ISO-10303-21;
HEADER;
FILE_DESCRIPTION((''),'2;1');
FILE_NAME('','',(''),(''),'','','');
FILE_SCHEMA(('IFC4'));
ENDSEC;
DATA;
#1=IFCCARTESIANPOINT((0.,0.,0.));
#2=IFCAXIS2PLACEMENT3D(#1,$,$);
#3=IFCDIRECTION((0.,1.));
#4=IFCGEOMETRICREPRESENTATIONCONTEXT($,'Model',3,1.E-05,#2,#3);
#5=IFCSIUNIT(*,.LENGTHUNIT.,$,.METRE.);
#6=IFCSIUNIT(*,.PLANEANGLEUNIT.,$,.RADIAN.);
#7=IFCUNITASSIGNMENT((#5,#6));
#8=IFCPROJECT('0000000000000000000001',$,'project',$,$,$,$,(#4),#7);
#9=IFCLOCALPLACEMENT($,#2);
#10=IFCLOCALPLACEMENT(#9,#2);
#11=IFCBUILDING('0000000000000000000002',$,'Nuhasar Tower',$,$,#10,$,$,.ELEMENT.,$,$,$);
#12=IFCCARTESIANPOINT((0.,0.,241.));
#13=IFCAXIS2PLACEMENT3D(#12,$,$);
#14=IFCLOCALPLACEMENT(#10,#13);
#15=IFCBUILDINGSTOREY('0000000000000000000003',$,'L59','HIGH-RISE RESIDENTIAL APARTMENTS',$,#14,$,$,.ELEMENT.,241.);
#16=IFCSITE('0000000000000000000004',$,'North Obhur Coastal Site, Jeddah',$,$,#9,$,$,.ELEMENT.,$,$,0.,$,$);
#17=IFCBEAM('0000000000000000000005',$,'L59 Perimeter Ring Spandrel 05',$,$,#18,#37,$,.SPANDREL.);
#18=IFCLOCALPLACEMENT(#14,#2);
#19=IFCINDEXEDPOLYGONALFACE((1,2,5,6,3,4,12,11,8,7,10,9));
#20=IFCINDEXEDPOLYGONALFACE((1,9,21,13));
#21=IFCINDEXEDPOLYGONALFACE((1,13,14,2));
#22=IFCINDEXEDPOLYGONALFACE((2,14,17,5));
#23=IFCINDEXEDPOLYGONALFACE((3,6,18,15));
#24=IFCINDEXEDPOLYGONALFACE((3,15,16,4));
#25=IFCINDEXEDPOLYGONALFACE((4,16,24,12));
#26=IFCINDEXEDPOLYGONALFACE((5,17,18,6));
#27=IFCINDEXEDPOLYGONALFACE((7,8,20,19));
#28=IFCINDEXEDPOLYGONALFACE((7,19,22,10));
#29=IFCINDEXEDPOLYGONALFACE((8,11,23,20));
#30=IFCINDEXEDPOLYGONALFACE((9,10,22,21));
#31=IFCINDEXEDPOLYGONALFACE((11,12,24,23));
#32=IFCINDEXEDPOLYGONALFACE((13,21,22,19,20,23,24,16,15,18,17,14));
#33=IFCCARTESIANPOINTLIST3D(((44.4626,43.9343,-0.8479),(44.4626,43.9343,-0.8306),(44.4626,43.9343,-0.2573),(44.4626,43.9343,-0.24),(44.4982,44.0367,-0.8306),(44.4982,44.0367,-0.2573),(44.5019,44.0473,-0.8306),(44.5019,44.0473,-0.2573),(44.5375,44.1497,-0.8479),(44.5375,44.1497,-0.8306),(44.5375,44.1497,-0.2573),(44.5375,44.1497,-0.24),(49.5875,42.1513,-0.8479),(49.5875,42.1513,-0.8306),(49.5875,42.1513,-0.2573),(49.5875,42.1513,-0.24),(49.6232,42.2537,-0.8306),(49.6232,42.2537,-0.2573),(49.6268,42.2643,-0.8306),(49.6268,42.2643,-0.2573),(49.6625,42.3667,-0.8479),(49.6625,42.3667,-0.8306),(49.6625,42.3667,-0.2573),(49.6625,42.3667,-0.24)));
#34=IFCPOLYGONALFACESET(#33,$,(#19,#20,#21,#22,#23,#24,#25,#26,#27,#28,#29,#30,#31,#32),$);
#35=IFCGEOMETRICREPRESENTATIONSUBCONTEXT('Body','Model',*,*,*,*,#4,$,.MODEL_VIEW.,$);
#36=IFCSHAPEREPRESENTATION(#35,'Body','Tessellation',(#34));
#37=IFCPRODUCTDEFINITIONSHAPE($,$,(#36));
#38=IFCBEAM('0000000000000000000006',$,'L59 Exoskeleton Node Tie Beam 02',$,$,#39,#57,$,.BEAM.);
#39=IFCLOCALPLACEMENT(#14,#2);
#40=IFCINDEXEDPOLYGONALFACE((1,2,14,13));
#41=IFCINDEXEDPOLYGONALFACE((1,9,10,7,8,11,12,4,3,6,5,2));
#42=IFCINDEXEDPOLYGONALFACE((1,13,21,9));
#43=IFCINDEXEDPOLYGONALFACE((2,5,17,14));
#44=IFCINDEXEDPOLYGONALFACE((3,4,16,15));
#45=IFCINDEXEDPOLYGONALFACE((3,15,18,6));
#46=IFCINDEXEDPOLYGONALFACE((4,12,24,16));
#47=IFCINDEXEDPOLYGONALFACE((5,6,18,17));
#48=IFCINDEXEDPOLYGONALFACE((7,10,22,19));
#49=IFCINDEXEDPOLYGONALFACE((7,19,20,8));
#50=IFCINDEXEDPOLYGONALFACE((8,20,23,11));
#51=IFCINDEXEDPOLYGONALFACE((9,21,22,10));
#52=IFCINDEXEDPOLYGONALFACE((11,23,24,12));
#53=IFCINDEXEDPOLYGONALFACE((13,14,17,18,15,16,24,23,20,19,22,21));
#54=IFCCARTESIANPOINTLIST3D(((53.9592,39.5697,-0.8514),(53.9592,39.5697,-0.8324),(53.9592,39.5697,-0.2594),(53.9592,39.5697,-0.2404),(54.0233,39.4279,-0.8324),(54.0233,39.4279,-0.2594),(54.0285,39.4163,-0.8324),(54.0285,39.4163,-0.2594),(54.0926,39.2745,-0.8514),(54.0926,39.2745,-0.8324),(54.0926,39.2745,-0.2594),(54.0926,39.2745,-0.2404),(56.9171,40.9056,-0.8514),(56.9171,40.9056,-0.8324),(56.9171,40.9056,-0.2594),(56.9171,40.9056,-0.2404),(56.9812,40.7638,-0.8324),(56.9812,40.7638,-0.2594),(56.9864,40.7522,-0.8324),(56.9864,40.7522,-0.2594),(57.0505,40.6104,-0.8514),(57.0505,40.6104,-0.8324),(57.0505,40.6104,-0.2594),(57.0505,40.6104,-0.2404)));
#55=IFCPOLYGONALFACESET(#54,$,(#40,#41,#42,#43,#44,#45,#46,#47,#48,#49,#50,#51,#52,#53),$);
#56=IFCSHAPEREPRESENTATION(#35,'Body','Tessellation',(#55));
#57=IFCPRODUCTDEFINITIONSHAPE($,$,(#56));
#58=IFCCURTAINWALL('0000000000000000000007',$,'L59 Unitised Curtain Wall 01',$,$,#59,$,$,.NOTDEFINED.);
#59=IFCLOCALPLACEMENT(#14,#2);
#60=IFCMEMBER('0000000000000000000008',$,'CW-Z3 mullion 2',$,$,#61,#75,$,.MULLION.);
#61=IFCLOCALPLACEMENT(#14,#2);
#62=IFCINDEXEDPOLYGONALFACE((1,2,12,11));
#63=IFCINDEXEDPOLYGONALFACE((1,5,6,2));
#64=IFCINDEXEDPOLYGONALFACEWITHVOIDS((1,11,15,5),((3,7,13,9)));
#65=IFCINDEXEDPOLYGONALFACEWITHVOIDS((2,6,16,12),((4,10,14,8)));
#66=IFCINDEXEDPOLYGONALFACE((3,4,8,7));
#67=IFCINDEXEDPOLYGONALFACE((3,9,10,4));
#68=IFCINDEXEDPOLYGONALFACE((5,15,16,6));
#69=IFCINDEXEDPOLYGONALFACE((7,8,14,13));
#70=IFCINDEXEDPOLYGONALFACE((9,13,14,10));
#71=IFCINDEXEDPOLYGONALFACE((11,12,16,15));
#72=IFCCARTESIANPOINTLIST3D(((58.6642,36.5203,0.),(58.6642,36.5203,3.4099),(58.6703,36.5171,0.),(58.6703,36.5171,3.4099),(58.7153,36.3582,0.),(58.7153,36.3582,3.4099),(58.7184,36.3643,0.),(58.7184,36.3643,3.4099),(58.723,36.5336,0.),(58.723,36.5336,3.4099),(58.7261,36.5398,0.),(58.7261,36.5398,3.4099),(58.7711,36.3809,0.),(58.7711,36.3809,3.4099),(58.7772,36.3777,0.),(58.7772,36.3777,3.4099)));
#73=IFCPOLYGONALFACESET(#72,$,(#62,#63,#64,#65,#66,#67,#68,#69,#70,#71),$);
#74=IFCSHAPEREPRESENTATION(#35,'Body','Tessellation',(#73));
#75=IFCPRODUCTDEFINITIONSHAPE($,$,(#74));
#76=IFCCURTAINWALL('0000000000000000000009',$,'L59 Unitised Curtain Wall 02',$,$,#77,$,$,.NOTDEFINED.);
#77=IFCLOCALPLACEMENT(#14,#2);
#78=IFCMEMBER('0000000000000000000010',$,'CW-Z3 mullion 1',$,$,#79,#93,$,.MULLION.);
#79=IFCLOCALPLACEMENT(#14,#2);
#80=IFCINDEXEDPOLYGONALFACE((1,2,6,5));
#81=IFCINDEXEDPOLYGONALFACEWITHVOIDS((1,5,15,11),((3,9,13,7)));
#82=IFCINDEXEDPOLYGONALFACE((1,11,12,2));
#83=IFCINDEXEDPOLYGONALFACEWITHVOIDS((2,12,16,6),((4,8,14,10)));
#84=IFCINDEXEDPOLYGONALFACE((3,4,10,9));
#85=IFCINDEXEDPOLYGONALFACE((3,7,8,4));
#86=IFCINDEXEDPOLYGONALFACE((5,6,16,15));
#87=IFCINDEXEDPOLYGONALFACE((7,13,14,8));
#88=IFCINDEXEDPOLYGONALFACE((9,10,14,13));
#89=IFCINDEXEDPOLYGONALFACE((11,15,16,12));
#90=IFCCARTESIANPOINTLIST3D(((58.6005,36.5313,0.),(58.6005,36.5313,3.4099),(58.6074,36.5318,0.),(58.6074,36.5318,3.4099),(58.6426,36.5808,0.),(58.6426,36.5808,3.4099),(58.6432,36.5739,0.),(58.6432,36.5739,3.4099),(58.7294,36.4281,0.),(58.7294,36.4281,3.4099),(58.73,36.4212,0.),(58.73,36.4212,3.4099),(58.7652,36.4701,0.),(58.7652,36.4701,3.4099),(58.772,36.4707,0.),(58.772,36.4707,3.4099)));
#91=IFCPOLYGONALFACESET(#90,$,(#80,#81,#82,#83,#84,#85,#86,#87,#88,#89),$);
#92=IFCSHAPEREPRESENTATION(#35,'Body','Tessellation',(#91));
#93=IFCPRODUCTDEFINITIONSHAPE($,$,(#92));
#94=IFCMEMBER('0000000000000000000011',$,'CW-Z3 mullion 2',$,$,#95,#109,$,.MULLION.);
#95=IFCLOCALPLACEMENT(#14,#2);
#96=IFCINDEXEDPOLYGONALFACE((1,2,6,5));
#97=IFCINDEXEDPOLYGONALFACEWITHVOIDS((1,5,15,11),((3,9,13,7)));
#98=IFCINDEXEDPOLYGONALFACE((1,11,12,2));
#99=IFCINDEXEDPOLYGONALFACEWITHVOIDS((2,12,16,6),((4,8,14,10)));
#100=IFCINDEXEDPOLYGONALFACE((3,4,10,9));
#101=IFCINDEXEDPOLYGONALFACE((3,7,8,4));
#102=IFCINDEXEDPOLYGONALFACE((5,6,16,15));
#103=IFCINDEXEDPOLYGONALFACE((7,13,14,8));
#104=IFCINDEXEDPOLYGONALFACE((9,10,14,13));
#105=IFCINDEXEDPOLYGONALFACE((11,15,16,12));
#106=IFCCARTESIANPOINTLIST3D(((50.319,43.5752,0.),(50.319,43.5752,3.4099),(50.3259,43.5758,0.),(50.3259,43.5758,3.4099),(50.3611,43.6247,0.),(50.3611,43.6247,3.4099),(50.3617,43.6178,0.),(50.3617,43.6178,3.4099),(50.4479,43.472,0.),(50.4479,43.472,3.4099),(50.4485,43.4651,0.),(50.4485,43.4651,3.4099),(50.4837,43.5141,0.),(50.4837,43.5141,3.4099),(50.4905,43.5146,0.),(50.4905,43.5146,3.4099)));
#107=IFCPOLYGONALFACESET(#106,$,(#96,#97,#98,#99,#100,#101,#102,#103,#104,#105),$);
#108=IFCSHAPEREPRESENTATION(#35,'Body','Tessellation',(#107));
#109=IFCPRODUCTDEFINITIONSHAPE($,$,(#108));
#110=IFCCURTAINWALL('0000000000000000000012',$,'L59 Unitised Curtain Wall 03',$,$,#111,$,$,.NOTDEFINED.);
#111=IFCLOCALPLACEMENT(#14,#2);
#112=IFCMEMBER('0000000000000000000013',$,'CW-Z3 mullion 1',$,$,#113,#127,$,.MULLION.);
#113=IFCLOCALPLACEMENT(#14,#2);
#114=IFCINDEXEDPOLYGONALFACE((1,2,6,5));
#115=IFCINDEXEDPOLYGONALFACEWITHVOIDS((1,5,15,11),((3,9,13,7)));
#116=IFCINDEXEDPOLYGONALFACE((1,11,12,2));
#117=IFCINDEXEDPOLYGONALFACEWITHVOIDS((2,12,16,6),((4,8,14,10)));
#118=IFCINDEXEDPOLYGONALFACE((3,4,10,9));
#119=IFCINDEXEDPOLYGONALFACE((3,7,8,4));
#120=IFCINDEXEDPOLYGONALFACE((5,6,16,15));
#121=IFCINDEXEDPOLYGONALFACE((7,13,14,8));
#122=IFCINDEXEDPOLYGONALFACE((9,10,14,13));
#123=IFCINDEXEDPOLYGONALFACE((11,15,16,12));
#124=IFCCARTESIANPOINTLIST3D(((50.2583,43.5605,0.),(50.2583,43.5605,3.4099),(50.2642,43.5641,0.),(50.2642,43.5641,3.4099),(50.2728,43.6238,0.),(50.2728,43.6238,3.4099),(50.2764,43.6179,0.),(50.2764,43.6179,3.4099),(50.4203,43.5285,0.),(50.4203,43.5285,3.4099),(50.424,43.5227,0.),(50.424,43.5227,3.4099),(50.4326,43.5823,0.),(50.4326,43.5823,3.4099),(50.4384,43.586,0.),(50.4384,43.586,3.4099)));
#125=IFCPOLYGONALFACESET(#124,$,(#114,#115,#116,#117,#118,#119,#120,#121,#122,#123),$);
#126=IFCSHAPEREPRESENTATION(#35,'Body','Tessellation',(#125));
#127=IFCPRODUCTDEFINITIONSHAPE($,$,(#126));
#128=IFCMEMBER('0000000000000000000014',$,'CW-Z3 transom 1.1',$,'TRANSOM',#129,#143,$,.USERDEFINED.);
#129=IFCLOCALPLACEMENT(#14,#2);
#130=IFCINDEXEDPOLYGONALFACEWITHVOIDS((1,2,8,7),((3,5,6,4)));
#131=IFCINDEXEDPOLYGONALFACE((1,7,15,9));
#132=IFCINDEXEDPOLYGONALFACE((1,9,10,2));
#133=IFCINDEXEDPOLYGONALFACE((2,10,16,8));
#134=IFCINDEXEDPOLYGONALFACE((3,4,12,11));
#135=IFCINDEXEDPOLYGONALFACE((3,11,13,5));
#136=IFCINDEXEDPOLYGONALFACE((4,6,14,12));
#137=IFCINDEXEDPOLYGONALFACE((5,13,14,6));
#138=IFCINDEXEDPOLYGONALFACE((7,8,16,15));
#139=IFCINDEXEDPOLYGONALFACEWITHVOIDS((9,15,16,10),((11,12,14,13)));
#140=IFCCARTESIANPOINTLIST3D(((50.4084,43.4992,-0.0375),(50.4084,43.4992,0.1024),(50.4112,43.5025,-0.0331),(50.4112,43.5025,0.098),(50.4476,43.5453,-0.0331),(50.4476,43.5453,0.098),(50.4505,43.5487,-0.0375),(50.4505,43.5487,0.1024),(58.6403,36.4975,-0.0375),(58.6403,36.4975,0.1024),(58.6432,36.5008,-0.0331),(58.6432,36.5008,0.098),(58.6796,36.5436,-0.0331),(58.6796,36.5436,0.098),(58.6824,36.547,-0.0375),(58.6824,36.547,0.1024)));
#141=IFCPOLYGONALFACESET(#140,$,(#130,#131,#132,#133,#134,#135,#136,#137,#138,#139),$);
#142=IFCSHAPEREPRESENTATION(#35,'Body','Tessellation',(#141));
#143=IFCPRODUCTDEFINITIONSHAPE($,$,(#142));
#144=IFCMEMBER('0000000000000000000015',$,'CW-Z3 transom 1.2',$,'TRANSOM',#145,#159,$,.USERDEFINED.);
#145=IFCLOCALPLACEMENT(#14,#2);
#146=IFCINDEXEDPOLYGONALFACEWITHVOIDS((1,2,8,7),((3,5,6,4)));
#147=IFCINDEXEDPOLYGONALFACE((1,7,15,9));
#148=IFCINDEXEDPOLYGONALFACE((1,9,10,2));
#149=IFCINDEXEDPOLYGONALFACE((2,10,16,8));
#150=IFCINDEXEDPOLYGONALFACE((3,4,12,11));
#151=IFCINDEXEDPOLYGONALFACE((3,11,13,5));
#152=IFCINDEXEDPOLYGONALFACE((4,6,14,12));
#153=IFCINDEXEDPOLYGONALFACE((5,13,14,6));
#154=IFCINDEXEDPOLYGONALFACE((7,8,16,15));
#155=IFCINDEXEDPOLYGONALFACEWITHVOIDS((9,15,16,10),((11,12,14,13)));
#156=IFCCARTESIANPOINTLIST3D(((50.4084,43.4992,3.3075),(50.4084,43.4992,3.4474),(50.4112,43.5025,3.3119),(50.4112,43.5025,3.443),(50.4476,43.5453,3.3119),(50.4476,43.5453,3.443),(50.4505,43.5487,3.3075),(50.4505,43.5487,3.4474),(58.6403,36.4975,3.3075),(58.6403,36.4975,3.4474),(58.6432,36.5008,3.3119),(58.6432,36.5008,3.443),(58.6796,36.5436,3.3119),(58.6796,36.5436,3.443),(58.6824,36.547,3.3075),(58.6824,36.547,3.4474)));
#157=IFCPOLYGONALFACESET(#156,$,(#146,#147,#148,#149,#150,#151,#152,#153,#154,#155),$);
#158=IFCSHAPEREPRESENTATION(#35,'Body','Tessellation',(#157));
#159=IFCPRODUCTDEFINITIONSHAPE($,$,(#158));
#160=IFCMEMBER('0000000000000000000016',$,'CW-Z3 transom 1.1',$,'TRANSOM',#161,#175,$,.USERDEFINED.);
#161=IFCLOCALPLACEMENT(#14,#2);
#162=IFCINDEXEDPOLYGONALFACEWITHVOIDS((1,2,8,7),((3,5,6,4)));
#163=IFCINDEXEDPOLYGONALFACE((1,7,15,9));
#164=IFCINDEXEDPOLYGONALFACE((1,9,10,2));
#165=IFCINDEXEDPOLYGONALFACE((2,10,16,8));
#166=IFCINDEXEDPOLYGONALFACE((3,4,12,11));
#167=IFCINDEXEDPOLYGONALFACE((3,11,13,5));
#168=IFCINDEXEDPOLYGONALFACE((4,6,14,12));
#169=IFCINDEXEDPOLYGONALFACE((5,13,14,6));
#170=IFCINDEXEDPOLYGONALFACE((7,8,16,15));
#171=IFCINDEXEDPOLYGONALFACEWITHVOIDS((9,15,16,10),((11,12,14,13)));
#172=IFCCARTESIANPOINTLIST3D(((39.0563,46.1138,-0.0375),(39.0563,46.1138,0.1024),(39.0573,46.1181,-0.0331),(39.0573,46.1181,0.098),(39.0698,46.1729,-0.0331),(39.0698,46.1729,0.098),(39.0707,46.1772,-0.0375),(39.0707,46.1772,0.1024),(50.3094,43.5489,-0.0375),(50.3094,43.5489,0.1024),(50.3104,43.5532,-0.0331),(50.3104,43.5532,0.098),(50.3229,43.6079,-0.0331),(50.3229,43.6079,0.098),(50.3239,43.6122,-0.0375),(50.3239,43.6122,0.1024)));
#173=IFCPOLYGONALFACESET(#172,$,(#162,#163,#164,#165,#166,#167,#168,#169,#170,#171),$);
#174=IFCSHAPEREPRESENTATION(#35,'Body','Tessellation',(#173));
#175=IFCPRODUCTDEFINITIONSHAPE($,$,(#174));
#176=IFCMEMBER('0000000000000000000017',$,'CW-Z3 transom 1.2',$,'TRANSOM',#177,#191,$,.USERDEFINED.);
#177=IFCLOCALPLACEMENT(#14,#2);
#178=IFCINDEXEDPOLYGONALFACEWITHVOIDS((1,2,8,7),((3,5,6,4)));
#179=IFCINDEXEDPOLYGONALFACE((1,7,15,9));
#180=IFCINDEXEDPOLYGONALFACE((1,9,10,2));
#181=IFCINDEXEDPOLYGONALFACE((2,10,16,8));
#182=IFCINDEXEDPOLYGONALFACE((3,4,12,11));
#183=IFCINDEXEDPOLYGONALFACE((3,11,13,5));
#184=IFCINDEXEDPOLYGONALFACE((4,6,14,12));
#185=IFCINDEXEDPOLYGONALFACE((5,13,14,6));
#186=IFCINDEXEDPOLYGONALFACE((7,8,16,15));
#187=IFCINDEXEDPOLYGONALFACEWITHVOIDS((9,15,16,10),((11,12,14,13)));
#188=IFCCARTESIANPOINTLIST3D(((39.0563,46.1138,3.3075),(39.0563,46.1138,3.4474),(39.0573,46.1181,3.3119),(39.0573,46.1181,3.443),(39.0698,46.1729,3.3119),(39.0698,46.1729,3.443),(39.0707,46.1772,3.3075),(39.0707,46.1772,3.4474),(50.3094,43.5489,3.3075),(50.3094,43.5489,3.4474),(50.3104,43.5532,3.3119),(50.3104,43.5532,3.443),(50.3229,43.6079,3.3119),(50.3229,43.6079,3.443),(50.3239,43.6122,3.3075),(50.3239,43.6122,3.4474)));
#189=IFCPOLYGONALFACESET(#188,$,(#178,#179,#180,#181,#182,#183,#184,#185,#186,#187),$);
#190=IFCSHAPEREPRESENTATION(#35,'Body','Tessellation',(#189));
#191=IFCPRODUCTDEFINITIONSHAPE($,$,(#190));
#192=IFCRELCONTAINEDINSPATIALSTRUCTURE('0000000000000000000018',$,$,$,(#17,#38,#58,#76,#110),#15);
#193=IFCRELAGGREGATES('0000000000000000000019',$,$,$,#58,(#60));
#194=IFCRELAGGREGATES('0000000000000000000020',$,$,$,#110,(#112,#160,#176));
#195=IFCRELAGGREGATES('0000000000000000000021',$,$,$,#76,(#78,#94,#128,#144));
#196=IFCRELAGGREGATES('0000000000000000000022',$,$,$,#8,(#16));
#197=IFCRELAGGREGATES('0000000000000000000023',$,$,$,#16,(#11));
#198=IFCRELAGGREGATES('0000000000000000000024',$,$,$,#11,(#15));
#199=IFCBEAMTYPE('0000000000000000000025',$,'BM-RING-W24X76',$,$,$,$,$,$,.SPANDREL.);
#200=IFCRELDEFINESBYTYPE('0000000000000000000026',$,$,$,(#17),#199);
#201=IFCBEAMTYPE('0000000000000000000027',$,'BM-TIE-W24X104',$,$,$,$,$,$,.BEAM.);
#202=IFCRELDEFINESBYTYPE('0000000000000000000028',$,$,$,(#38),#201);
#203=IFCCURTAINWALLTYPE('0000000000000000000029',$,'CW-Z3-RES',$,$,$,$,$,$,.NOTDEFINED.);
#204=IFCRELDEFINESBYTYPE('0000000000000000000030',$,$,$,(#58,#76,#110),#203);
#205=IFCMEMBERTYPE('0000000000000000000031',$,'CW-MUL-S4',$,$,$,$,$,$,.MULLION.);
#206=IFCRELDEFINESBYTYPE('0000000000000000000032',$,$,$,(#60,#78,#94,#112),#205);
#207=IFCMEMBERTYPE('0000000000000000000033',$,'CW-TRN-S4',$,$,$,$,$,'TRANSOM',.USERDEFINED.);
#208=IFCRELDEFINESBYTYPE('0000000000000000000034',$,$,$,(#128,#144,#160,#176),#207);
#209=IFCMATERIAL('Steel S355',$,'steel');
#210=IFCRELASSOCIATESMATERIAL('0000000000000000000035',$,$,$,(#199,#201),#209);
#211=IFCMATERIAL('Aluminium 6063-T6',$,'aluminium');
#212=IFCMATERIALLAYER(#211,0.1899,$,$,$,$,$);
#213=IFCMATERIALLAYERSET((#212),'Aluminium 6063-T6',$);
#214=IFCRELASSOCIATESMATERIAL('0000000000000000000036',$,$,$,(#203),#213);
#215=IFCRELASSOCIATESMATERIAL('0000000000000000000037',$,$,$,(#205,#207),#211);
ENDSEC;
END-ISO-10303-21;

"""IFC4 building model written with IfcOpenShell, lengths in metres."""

from ifc_helpers import new_model, si_unit, direction, frame, origin, origin_2d, place, context, subcontext, project, spatial, hollow_rectangle, i_section, extrude, material, layer, layer_set, material_profile, profile_set, type_object, element, aggregate, save


model = new_model("IFC4")

# Units and contexts
model_context = context("Model", 3, precision=1e-05, world=origin(), true_north=direction((0.0, 1.0)))
body_context = subcontext(model_context, "Body", "Model", "MODEL_VIEW")
ifc_project = project(units=[si_unit("LENGTHUNIT", "METRE"), si_unit("PLANEANGLEUNIT", "RADIAN")], contexts=[model_context])

# Site, building, storey
site_placement = place(None, origin())
site = spatial("IfcSite", under=ifc_project, at=site_placement, Name="North Obhur Coastal Site, Jeddah", CompositionType="ELEMENT", RefElevation=0.0)
building_placement = place(site_placement, origin())
building = spatial("IfcBuilding", under=site, at=building_placement, Name="Nuhasar Tower", CompositionType="ELEMENT")
storey_placement = place(building_placement, frame((0.0, 0.0, 241.0)))
storey = spatial("IfcBuildingStorey", under=building, at=storey_placement, Name="L59", Description="HIGH-RISE RESIDENTIAL APARTMENTS", CompositionType="ELEMENT", Elevation=241.0)

# Beams
ifc_material_1 = material(Name="Steel S355", Category="steel")
ifc_material_profile_1 = material_profile(ifc_material_1, i_section(OverallWidth=0.228, OverallDepth=0.6079, WebThickness=0.0112, FlangeThickness=0.0173, at=origin_2d()), Name="W24X76")
ifc_profile_set_1 = profile_set([ifc_material_profile_1], Name="Steel S355")
beam_type_1 = type_object("IfcBeamType", Name="BM-RING-W24X76", PredefinedType="SPANDREL", material=ifc_profile_set_1)
beam_1_placement = place(storey_placement, frame((49.625, 42.259, -0.5439), z_axis=(-0.944477, 0.328578, 0.0), x_axis=(-0.328578, -0.944477, 0.0)))
element("IfcBeam", 1, at=beam_1_placement, inside=storey, type_object=beam_type_1, Name="L59 Perimeter Ring Spandrel 05", PredefinedType="SPANDREL", context=body_context, shape_type="SweptSolid", body=[
    extrude(i_section(OverallWidth=0.228, OverallDepth=0.6079, WebThickness=0.0112, FlangeThickness=0.0173, at=origin_2d()), origin(), (0.0, 0.0, 1.0), 5.4263),
])
ifc_material_profile_2 = material_profile(ifc_material_1, i_section(OverallWidth=0.324, OverallDepth=0.6111, WebThickness=0.0127, FlangeThickness=0.019, at=origin_2d()), Name="W24X104")
ifc_profile_set_2 = profile_set([ifc_material_profile_2], Name="Steel S355")
beam_type_2 = type_object("IfcBeamType", Name="BM-TIE-W24X104", PredefinedType="BEAM", material=ifc_profile_set_2)
beam_2_placement = place(storey_placement, frame((54.0259, 39.4221, -0.5459), z_axis=(0.911363, 0.411603, 0.0), x_axis=(-0.411603, 0.911363, 0.0)))
element("IfcBeam", 2, at=beam_2_placement, inside=storey, type_object=beam_type_2, Name="L59 Exoskeleton Node Tie Beam 02", PredefinedType="BEAM", context=body_context, shape_type="SweptSolid", body=[
    extrude(i_section(OverallWidth=0.324, OverallDepth=0.6111, WebThickness=0.0127, FlangeThickness=0.019, at=origin_2d()), origin(), (0.0, 0.0, 1.0), 3.2456),
])

# Curtain wall, member
ifc_material_2 = material(Name="Aluminium 6063-T6", Category="aluminium")
ifc_layer_1 = layer(ifc_material_2, 0.1899)
ifc_layer_set_1 = layer_set([ifc_layer_1], Name="Aluminium 6063-T6")
curtain_wall_type = type_object("IfcCurtainWallType", Name="CW-Z3-RES", PredefinedType="NOTDEFINED", material=ifc_layer_set_1)
curtain_wall_1_placement = place(storey_placement, origin())
curtain_wall_1 = element("IfcCurtainWall", 3, at=curtain_wall_1_placement, inside=storey, type_object=curtain_wall_type, Name="L59 Unitised Curtain Wall 01", PredefinedType="NOTDEFINED")
ifc_material_profile_3 = material_profile(ifc_material_2, hollow_rectangle(XDim=0.0649, YDim=0.1699, WallThickness=0.0049, at=origin_2d()), Name="CWM-4")
ifc_profile_set_3 = profile_set([ifc_material_profile_3], Name="Aluminium 6063-T6")
member_type_1 = type_object("IfcMemberType", Name="CW-MUL-S4", PredefinedType="MULLION", material=ifc_profile_set_3)
member_1_placement = place(storey_placement, frame((58.7207, 36.449, 0.0), z_axis=(0.0, 0.0, 1.0), x_axis=(-0.953804, -0.300429, 0.0)))
member_1 = element("IfcMember", 4, at=member_1_placement, type_object=member_type_1, Name="CW-Z3 mullion 2", PredefinedType="MULLION", context=body_context, shape_type="SweptSolid", body=[
    extrude(hollow_rectangle(XDim=0.0649, YDim=0.1699, WallThickness=0.0049, at=origin_2d()), origin(), (0.0, 0.0, 1.0), 3.4099),
])
aggregate(curtain_wall_1, [member_1])

# Curtain wall, members
curtain_wall_2_placement = place(storey_placement, origin())
curtain_wall_2 = element("IfcCurtainWall", 5, at=curtain_wall_2_placement, inside=storey, type_object=curtain_wall_type, Name="L59 Unitised Curtain Wall 02", PredefinedType="NOTDEFINED")
member_2_placement = place(storey_placement, frame((58.6863, 36.501, 0.0), z_axis=(0.0, 0.0, 1.0), x_axis=(-0.647895, -0.761729, 0.0)))
member_2 = element("IfcMember", 6, at=member_2_placement, type_object=member_type_1, Name="CW-Z3 mullion 1", PredefinedType="MULLION", context=body_context, shape_type="SweptSolid", body=[
    extrude(hollow_rectangle(XDim=0.0649, YDim=0.1699, WallThickness=0.0049, at=origin_2d()), origin(), (0.0, 0.0, 1.0), 3.4099),
])
member_3_placement = place(storey_placement, frame((50.4048, 43.5449, 0.0), z_axis=(0.0, 0.0, 1.0), x_axis=(-0.647895, -0.761729, 0.0)))
member_3 = element("IfcMember", 7, at=member_3_placement, type_object=member_type_1, Name="CW-Z3 mullion 2", PredefinedType="MULLION", context=body_context, shape_type="SweptSolid", body=[
    extrude(hollow_rectangle(XDim=0.0649, YDim=0.1699, WallThickness=0.0049, at=origin_2d()), origin(), (0.0, 0.0, 1.0), 3.4099),
])

# Curtain wall, member
curtain_wall_3_placement = place(storey_placement, origin())
curtain_wall_3 = element("IfcCurtainWall", 8, at=curtain_wall_3_placement, inside=storey, type_object=curtain_wall_type, Name="L59 Unitised Curtain Wall 03", PredefinedType="NOTDEFINED")
member_4_placement = place(storey_placement, frame((50.3484, 43.5732, 0.0), z_axis=(0.0, 0.0, 1.0), x_axis=(-0.222243, -0.974991, 0.0)))
member_4 = element("IfcMember", 9, at=member_4_placement, type_object=member_type_1, Name="CW-Z3 mullion 1", PredefinedType="MULLION", context=body_context, shape_type="SweptSolid", body=[
    extrude(hollow_rectangle(XDim=0.0649, YDim=0.1699, WallThickness=0.0049, at=origin_2d()), origin(), (0.0, 0.0, 1.0), 3.4099),
])

# Members
ifc_material_profile_4 = material_profile(ifc_material_2, hollow_rectangle(XDim=0.0649, YDim=0.1399, WallThickness=0.0044, at=origin_2d()), Name="CWT-4")
ifc_profile_set_4 = profile_set([ifc_material_profile_4], Name="Aluminium 6063-T6")
member_type_2 = type_object("IfcMemberType", Name="CW-TRN-S4", ElementType="TRANSOM", PredefinedType="USERDEFINED", material=ifc_profile_set_4)
member_5_placement = place(storey_placement, frame((58.6614, 36.5222, 0.0325), z_axis=(-0.761731, 0.647894, 0.0), x_axis=(-0.647894, -0.761731, 0.0)))
member_5 = element("IfcMember", 10, at=member_5_placement, type_object=member_type_2, Name="CW-Z3 transom 1.1", ObjectType="TRANSOM", PredefinedType="USERDEFINED", context=body_context, shape_type="SweptSolid", body=[
    extrude(hollow_rectangle(XDim=0.0649, YDim=0.1399, WallThickness=0.0044, at=origin_2d()), origin(), (0.0, 0.0, 1.0), 10.8069),
])
member_6_placement = place(storey_placement, frame((58.6614, 36.5222, 3.3774), z_axis=(-0.761731, 0.647894, 0.0), x_axis=(-0.647894, -0.761731, 0.0)))
member_6 = element("IfcMember", 11, at=member_6_placement, type_object=member_type_2, Name="CW-Z3 transom 1.2", ObjectType="TRANSOM", PredefinedType="USERDEFINED", context=body_context, shape_type="SweptSolid", body=[
    extrude(hollow_rectangle(XDim=0.0649, YDim=0.1399, WallThickness=0.0044, at=origin_2d()), origin(), (0.0, 0.0, 1.0), 10.8069),
])
member_7_placement = place(storey_placement, frame((50.3167, 43.5806, 0.0325), z_axis=(-0.974994, 0.222231, 0.0), x_axis=(-0.222231, -0.974994, 0.0)))
member_7 = element("IfcMember", 12, at=member_7_placement, type_object=member_type_2, Name="CW-Z3 transom 1.1", ObjectType="TRANSOM", PredefinedType="USERDEFINED", context=body_context, shape_type="SweptSolid", body=[
    extrude(hollow_rectangle(XDim=0.0649, YDim=0.1399, WallThickness=0.0044, at=origin_2d()), origin(), (0.0, 0.0, 1.0), 11.5417),
])
member_8_placement = place(storey_placement, frame((50.3167, 43.5806, 3.3774), z_axis=(-0.974994, 0.222231, 0.0), x_axis=(-0.222231, -0.974994, 0.0)))
member_8 = element("IfcMember", 13, at=member_8_placement, type_object=member_type_2, Name="CW-Z3 transom 1.2", ObjectType="TRANSOM", PredefinedType="USERDEFINED", context=body_context, shape_type="SweptSolid", body=[
    extrude(hollow_rectangle(XDim=0.0649, YDim=0.1399, WallThickness=0.0044, at=origin_2d()), origin(), (0.0, 0.0, 1.0), 11.5417),
])
aggregate(curtain_wall_3, [member_4, member_7, member_8])

aggregate(curtain_wall_2, [member_2, member_3, member_5, member_6])

save(model, "model.ifc")
